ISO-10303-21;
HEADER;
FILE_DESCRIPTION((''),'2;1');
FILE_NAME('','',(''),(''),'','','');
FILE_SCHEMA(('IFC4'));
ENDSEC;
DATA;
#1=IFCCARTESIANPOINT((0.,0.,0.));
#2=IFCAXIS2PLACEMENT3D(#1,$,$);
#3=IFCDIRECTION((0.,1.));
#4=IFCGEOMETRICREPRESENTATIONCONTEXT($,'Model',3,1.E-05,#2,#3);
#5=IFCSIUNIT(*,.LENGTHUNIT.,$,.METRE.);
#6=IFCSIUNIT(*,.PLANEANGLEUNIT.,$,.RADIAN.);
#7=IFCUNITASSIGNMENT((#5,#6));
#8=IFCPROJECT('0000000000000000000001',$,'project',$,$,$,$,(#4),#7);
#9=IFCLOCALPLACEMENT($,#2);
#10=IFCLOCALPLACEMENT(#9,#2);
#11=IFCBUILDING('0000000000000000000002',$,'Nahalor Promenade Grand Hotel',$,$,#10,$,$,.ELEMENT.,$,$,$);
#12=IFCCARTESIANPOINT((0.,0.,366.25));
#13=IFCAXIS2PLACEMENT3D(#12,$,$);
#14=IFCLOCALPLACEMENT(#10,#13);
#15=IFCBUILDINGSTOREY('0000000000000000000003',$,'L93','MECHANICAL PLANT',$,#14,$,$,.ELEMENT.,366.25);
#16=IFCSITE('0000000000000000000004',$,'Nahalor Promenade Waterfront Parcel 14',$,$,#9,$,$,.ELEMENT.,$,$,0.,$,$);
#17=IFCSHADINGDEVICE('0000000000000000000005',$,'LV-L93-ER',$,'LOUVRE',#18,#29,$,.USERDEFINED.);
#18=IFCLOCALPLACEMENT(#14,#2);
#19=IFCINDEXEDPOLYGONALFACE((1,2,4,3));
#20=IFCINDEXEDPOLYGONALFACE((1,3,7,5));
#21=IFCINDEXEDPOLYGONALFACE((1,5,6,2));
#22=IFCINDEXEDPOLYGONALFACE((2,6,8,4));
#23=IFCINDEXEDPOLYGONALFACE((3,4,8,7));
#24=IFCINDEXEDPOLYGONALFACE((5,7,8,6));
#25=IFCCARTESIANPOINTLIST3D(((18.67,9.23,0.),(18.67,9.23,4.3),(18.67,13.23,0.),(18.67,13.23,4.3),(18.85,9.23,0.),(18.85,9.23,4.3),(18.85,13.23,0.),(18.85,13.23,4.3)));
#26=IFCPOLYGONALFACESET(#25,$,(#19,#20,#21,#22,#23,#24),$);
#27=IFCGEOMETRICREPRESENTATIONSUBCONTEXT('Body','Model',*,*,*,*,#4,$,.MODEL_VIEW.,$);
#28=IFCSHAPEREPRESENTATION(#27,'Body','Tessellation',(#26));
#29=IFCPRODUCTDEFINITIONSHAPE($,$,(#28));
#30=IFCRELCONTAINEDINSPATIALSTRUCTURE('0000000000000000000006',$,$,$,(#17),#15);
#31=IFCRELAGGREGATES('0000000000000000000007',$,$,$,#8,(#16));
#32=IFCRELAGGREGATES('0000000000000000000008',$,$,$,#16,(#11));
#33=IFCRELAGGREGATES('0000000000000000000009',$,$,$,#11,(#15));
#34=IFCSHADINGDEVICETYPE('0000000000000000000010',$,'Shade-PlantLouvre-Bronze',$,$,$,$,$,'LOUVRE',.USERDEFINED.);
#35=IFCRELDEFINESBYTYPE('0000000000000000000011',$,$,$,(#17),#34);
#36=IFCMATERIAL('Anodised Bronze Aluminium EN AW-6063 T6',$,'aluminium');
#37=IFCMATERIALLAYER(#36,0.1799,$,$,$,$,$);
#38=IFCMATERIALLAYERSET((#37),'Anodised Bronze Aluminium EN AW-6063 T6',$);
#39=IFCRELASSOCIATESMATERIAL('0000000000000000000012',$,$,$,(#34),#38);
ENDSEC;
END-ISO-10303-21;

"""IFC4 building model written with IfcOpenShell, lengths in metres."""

from ifc_helpers import new_model, si_unit, direction, frame, origin, origin_2d, place, context, subcontext, project, spatial, rectangle, extrude, source, transform, mapped, material, layer, layer_set, type_object, element, save


model = new_model("IFC4")

# Units and contexts
model_context = context("Model", 3, precision=1e-05, world=origin(), true_north=direction((0.0, 1.0)))
body_context = subcontext(model_context, "Body", "Model", "MODEL_VIEW")
ifc_project = project(units=[si_unit("LENGTHUNIT", "METRE"), si_unit("PLANEANGLEUNIT", "RADIAN")], contexts=[model_context])

# Site, building, storey
site_placement = place(None, origin())
site = spatial("IfcSite", under=ifc_project, at=site_placement, Name="Nahalor Promenade Waterfront Parcel 14", CompositionType="ELEMENT", RefElevation=0.0)
building_placement = place(site_placement, origin())
building = spatial("IfcBuilding", under=site, at=building_placement, Name="Nahalor Promenade Grand Hotel", CompositionType="ELEMENT")
storey_placement = place(building_placement, frame((0.0, 0.0, 366.25)))
storey = spatial("IfcBuildingStorey", under=building, at=storey_placement, Name="L93", Description="MECHANICAL PLANT", CompositionType="ELEMENT", Elevation=366.25)

# Shared definitions
ifc_material_1 = material(Name="Anodised Bronze Aluminium EN AW-6063 T6", Category="aluminium")

# Shading device
ifc_layer_1 = layer(ifc_material_1, 0.1799)
ifc_layer_set_1 = layer_set([ifc_layer_1], Name="Anodised Bronze Aluminium EN AW-6063 T6")
shading_device_type = type_object("IfcShadingDeviceType", Name="Shade-PlantLouvre-Bronze", ElementType="LOUVRE", PredefinedType="USERDEFINED", material=ifc_layer_set_1)
shared_shape_1 = source(origin(), body_context, "Body", "SweptSolid", [
    extrude(rectangle(XDim=4.0, YDim=0.1799, at=origin_2d()), origin(), (0.0, 0.0, 1.0), 4.3),
])
for number, where, z_axis, x_axis, name in (
    (1, (18.76, 11.23, 0.0), (0.0, 0.0, 1.0), (0.0, 1.0, 0.0), "LV-L93-ER"),
):
    element("IfcShadingDevice", number, at=place(storey_placement, frame(where, z_axis=z_axis, x_axis=x_axis)), inside=storey, type_object=shading_device_type, Name=name, ObjectType="LOUVRE", PredefinedType="USERDEFINED", context=body_context, shape_type="MappedRepresentation", body=[
        mapped(shared_shape_1, transform((0.0, 0.0, 0.0), scale=1.0)),
    ])

save(model, "model.ifc")
